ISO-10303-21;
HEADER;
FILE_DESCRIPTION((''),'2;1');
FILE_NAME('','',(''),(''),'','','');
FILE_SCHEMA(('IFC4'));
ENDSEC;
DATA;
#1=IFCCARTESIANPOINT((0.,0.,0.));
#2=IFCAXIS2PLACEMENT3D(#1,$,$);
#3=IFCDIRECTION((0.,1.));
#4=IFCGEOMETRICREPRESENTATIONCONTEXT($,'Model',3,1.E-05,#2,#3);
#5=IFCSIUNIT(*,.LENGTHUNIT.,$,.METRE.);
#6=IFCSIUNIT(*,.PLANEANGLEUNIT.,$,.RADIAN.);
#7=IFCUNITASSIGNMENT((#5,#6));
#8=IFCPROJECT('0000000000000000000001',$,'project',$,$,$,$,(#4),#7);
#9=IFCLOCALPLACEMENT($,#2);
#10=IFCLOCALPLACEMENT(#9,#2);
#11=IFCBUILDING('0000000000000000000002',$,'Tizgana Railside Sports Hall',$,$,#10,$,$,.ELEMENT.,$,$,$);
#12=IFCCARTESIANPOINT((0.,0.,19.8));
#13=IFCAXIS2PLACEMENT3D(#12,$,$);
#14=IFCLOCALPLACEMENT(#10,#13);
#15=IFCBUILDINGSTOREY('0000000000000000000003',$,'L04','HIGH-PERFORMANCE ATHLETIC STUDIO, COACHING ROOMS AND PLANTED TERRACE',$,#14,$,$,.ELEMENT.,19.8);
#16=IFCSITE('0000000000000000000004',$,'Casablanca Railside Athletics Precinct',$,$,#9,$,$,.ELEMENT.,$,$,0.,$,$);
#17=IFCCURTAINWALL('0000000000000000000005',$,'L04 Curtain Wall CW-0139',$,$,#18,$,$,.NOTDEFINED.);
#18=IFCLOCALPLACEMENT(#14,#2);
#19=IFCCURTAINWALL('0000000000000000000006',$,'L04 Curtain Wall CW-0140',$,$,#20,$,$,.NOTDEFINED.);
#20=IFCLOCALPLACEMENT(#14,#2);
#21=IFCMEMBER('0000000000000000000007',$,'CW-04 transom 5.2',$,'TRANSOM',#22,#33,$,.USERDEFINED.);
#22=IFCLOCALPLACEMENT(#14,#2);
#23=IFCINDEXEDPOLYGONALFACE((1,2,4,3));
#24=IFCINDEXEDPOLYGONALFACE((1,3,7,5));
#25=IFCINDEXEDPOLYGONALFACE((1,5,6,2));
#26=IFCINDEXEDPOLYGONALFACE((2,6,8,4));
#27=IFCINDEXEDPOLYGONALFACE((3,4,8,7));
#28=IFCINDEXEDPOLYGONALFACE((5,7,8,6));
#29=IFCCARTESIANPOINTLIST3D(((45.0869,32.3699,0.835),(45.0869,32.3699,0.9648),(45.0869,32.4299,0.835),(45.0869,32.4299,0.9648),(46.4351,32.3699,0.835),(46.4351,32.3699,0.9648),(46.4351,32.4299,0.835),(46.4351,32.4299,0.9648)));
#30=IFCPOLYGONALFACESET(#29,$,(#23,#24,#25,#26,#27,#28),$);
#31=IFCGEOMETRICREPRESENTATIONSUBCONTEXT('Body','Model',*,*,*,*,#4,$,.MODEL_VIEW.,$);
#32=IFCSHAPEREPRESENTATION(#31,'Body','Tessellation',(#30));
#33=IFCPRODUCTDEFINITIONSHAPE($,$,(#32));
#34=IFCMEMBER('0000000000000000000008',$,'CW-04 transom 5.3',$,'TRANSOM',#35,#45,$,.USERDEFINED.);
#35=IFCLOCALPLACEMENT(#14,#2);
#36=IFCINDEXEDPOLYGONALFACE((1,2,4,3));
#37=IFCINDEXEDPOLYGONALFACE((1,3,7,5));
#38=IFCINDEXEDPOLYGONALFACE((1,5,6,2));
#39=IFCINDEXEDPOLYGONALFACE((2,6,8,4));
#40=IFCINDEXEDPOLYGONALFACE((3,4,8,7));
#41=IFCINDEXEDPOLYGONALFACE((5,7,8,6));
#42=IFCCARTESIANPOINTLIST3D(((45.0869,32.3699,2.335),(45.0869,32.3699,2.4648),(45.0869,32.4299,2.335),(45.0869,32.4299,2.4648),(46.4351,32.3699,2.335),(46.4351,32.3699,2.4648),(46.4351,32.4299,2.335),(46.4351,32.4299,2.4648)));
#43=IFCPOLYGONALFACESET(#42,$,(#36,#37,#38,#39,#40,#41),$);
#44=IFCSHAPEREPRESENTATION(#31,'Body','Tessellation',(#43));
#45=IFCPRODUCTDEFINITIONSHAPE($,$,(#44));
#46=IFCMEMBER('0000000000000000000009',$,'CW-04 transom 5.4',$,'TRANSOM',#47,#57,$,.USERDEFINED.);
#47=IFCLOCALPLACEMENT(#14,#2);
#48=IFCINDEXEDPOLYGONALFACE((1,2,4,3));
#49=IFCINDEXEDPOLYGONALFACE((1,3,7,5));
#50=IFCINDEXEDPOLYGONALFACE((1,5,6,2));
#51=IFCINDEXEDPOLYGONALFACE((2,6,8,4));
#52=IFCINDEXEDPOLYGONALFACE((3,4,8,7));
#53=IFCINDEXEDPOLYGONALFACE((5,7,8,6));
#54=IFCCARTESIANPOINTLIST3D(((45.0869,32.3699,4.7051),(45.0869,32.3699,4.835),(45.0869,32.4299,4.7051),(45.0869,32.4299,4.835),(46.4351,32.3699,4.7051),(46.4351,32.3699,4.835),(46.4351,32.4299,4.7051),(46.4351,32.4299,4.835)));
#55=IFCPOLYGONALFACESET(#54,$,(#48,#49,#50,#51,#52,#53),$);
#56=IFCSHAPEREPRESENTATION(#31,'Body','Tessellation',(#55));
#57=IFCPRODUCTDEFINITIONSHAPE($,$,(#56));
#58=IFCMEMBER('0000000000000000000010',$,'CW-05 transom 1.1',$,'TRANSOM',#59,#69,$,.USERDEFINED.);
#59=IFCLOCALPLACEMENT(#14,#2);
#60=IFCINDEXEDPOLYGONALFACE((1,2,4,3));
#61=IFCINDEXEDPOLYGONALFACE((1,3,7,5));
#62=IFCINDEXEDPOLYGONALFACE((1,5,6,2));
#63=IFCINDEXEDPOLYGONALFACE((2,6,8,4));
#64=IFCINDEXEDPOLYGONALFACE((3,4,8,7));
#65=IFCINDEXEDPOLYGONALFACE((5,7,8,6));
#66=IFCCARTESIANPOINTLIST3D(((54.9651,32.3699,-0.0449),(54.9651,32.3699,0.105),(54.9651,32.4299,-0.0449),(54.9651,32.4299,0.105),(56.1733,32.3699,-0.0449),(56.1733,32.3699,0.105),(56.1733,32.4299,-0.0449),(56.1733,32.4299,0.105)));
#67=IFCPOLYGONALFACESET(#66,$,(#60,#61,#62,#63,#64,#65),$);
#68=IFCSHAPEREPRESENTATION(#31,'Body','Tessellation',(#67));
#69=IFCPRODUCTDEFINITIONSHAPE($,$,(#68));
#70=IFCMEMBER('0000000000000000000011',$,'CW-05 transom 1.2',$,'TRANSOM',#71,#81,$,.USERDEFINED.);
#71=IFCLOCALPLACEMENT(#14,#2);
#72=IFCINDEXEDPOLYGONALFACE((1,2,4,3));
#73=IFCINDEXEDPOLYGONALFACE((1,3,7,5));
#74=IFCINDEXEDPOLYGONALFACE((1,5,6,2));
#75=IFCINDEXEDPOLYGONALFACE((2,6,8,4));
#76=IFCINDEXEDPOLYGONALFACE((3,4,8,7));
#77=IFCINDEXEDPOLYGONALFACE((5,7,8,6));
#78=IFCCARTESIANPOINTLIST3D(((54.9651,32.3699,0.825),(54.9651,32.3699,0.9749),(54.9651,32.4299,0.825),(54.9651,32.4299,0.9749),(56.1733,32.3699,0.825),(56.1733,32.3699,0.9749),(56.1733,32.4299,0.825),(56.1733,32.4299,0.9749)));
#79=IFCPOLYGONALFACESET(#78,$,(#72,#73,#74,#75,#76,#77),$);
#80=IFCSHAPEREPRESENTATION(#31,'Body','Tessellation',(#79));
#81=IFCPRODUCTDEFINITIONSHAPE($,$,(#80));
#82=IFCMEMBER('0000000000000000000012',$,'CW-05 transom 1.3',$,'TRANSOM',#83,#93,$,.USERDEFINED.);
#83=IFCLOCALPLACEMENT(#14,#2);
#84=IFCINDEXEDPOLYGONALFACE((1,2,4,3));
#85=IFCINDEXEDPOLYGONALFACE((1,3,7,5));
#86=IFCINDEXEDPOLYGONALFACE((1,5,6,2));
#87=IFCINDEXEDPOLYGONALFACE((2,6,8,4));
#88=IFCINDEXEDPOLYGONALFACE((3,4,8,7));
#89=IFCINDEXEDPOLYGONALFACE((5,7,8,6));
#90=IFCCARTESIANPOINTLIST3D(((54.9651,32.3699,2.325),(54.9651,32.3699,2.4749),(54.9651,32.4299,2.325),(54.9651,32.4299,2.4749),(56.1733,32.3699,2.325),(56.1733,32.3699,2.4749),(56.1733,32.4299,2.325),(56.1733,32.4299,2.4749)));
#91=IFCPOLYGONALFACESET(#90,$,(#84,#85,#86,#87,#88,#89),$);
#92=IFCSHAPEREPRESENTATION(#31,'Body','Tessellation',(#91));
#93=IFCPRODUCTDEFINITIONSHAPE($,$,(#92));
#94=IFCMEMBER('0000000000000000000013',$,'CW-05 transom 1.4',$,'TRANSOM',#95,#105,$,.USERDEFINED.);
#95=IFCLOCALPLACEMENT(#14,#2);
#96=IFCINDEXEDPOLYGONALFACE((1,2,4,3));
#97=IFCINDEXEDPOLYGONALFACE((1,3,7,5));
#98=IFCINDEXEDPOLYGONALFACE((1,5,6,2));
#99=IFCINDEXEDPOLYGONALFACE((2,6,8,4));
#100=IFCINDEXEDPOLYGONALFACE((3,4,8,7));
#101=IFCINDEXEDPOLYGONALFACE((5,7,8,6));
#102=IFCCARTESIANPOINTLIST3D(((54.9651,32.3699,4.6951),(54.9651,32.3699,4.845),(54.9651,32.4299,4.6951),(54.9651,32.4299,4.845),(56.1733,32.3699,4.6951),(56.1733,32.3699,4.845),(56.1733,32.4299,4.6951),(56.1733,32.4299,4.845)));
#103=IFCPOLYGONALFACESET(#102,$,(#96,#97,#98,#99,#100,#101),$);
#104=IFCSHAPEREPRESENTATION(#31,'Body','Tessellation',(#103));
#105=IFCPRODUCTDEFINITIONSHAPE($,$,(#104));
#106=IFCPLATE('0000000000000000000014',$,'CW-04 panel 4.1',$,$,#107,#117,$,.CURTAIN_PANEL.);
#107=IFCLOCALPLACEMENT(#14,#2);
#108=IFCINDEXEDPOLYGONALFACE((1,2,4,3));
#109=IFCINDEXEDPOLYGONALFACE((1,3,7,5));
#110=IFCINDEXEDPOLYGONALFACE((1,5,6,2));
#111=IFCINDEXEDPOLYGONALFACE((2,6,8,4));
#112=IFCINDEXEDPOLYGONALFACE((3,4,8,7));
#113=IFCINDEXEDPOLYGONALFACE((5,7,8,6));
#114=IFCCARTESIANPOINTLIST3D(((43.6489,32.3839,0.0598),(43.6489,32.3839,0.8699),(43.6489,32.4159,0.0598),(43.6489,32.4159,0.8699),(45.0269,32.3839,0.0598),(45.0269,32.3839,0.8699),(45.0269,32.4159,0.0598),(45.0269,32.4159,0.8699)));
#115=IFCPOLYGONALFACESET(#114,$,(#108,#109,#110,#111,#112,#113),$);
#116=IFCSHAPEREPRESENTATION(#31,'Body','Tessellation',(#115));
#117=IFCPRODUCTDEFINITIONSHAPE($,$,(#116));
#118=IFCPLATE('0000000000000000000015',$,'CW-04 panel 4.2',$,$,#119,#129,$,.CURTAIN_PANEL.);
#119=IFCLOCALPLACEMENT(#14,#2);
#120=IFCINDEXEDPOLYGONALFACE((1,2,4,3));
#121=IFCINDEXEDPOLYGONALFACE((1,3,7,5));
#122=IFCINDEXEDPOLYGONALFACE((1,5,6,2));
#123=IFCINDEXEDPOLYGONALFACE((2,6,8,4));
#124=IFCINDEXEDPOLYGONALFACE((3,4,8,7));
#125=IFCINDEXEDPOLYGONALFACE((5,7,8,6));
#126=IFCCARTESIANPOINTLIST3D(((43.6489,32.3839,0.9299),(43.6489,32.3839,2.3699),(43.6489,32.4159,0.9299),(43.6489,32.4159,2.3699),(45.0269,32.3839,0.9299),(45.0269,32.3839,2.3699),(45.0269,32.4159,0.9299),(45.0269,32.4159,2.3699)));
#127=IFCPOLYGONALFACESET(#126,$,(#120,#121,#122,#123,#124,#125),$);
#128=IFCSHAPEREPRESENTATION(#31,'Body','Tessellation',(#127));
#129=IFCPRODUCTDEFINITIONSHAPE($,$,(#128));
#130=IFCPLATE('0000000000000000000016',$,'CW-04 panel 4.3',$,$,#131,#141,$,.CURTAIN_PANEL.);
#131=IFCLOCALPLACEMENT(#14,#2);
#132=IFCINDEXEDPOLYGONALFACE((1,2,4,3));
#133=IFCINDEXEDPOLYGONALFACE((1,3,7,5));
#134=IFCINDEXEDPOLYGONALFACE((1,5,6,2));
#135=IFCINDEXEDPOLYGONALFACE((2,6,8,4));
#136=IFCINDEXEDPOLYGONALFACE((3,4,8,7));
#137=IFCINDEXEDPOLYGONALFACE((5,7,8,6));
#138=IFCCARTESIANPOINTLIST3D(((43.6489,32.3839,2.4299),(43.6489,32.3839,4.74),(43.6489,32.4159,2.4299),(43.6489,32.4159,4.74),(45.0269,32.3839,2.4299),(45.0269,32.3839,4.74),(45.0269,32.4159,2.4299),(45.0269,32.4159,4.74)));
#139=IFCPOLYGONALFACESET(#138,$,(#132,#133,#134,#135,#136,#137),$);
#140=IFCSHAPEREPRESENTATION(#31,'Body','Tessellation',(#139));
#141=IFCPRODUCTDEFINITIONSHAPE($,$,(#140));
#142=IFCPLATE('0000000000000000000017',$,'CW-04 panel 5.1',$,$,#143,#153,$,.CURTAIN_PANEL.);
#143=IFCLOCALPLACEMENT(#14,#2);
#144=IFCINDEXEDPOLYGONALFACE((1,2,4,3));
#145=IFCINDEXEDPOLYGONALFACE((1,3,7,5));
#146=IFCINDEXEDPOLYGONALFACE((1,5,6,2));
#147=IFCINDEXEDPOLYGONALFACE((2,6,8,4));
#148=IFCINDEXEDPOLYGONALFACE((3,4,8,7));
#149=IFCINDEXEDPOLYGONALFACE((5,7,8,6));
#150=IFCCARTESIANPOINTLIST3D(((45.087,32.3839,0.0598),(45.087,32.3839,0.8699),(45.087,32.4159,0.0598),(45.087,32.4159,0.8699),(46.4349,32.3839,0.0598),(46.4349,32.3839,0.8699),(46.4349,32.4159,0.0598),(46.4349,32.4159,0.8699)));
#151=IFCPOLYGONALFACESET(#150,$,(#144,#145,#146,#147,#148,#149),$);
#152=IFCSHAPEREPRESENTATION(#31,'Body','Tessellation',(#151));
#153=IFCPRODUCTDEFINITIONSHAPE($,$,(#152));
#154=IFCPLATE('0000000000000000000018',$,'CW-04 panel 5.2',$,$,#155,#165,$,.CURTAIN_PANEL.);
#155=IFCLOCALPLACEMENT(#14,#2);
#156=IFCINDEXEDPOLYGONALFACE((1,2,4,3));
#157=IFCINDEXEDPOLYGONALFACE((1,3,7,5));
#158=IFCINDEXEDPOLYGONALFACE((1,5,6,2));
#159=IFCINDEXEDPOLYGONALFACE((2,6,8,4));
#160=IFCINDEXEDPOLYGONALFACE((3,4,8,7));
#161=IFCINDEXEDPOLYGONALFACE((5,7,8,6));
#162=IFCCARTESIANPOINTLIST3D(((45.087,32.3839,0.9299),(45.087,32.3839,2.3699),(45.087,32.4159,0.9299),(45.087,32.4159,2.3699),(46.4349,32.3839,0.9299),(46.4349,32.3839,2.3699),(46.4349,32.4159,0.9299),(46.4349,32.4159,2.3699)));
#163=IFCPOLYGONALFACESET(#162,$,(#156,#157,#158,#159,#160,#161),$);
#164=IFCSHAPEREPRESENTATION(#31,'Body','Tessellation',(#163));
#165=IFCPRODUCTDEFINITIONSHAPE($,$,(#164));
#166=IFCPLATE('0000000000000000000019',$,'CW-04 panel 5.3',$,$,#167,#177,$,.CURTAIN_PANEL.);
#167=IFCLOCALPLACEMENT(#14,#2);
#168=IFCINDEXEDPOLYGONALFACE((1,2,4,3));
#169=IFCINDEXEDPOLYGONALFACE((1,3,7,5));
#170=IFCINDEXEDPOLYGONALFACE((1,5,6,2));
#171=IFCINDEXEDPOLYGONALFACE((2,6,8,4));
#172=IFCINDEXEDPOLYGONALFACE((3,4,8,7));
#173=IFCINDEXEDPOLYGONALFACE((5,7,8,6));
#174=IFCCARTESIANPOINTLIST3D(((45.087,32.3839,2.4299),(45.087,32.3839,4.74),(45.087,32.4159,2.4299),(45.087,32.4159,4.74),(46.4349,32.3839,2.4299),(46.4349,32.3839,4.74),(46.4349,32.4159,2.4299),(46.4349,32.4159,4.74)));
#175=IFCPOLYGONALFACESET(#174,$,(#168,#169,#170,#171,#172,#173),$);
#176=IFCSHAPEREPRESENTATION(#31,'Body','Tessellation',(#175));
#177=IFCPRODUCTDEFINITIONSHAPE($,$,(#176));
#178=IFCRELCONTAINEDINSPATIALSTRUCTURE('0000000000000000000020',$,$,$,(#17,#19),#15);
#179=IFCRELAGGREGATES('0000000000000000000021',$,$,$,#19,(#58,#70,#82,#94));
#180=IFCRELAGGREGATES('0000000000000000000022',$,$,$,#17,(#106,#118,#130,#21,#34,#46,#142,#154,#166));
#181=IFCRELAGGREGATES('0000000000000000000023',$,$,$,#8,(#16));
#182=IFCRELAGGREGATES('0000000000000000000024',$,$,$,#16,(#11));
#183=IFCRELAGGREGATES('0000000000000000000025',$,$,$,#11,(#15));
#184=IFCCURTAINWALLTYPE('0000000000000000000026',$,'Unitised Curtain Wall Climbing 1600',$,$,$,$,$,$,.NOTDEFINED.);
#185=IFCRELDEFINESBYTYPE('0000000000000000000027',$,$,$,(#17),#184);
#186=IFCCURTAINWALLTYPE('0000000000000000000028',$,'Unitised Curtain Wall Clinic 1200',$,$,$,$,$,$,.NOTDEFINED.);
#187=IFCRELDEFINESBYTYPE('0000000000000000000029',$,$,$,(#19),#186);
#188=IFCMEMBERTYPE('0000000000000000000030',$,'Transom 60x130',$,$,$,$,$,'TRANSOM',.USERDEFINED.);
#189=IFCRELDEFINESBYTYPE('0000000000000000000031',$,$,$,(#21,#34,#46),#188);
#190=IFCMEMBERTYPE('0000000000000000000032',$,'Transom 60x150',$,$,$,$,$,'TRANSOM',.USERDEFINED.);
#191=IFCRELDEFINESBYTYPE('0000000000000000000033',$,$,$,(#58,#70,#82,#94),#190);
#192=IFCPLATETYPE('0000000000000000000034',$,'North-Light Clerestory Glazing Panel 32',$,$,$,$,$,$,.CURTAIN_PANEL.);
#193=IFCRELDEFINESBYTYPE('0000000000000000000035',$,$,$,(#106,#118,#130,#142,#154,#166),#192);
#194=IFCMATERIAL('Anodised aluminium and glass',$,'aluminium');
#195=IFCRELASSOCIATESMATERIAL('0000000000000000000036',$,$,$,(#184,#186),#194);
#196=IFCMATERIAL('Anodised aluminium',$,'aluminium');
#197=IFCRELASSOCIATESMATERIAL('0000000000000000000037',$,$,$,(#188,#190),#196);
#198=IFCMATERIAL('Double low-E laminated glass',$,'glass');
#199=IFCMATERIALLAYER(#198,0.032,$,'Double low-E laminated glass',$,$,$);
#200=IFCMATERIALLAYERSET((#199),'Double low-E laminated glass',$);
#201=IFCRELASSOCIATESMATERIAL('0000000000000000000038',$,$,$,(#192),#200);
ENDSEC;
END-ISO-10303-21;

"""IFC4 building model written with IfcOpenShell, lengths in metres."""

from ifc_helpers import new_model, si_unit, direction, frame, origin, origin_2d, place, context, subcontext, project, spatial, rectangle, extrude, material, layer, layer_set, material_profile, profile_set, type_object, element, aggregate, save


model = new_model("IFC4")

# Units and contexts
model_context = context("Model", 3, precision=1e-05, world=origin(), true_north=direction((0.0, 1.0)))
body_context = subcontext(model_context, "Body", "Model", "MODEL_VIEW")
ifc_project = project(units=[si_unit("LENGTHUNIT", "METRE"), si_unit("PLANEANGLEUNIT", "RADIAN")], contexts=[model_context])

# Site, building, storey
site_placement = place(None, origin())
site = spatial("IfcSite", under=ifc_project, at=site_placement, Name="Casablanca Railside Athletics Precinct", CompositionType="ELEMENT", RefElevation=0.0)
building_placement = place(site_placement, origin())
building = spatial("IfcBuilding", under=site, at=building_placement, Name="Tizgana Railside Sports Hall", CompositionType="ELEMENT")
storey_placement = place(building_placement, frame((0.0, 0.0, 19.8)))
storey = spatial("IfcBuildingStorey", under=building, at=storey_placement, Name="L04", Description="HIGH-PERFORMANCE ATHLETIC STUDIO, COACHING ROOMS AND PLANTED TERRACE", CompositionType="ELEMENT", Elevation=19.8)

# Curtain wall
ifc_material_1 = material(Name="Anodised aluminium and glass", Category="aluminium")
curtain_wall_type_1 = type_object("IfcCurtainWallType", Name="Unitised Curtain Wall Climbing 1600", PredefinedType="NOTDEFINED", material=ifc_material_1)
curtain_wall_1_placement = place(storey_placement, origin())
curtain_wall_1 = element("IfcCurtainWall", 1, at=curtain_wall_1_placement, inside=storey, type_object=curtain_wall_type_1, Name="L04 Curtain Wall CW-0139", PredefinedType="NOTDEFINED")
ifc_material_2 = material(Name="Anodised aluminium", Category="aluminium")

# Curtain wall
curtain_wall_type_2 = type_object("IfcCurtainWallType", Name="Unitised Curtain Wall Clinic 1200", PredefinedType="NOTDEFINED", material=ifc_material_1)
curtain_wall_2_placement = place(storey_placement, origin())
curtain_wall_2 = element("IfcCurtainWall", 2, at=curtain_wall_2_placement, inside=storey, type_object=curtain_wall_type_2, Name="L04 Curtain Wall CW-0140", PredefinedType="NOTDEFINED")

# Members
ifc_material_profile_1 = material_profile(ifc_material_2, rectangle(XDim=0.0601, YDim=0.1299, at=origin_2d()), Name="Transom 60x130")
ifc_profile_set_1 = profile_set([ifc_material_profile_1], Name="Anodised aluminium")
member_type_1 = type_object("IfcMemberType", Name="Transom 60x130", ElementType="TRANSOM", PredefinedType="USERDEFINED", material=ifc_profile_set_1)
member_1_placement = place(storey_placement, frame((45.0869, 32.3999, 0.8999), z_axis=(1.0, 0.0, 0.0), x_axis=(0.0, 1.0, 0.0)))
member_1 = element("IfcMember", 3, at=member_1_placement, type_object=member_type_1, Name="CW-04 transom 5.2", ObjectType="TRANSOM", PredefinedType="USERDEFINED", context=body_context, shape_type="SweptSolid", body=[
    extrude(rectangle(XDim=0.0601, YDim=0.1299, at=origin_2d()), origin(), (0.0, 0.0, 1.0), 1.3481),
])
member_2_placement = place(storey_placement, frame((45.0869, 32.3999, 2.3999), z_axis=(1.0, 0.0, 0.0), x_axis=(0.0, 1.0, 0.0)))
member_2 = element("IfcMember", 4, at=member_2_placement, type_object=member_type_1, Name="CW-04 transom 5.3", ObjectType="TRANSOM", PredefinedType="USERDEFINED", context=body_context, shape_type="SweptSolid", body=[
    extrude(rectangle(XDim=0.0601, YDim=0.1299, at=origin_2d()), origin(), (0.0, 0.0, 1.0), 1.3481),
])
member_3_placement = place(storey_placement, frame((45.0869, 32.3999, 4.77), z_axis=(1.0, 0.0, 0.0), x_axis=(0.0, 1.0, 0.0)))
member_3 = element("IfcMember", 5, at=member_3_placement, type_object=member_type_1, Name="CW-04 transom 5.4", ObjectType="TRANSOM", PredefinedType="USERDEFINED", context=body_context, shape_type="SweptSolid", body=[
    extrude(rectangle(XDim=0.0601, YDim=0.1299, at=origin_2d()), origin(), (0.0, 0.0, 1.0), 1.3481),
])
ifc_material_profile_2 = material_profile(ifc_material_2, rectangle(XDim=0.0601, YDim=0.1499, at=origin_2d()), Name="Transom 60x150")
ifc_profile_set_2 = profile_set([ifc_material_profile_2], Name="Anodised aluminium")
member_type_2 = type_object("IfcMemberType", Name="Transom 60x150", ElementType="TRANSOM", PredefinedType="USERDEFINED", material=ifc_profile_set_2)
member_4_placement = place(storey_placement, frame((54.9651, 32.3999, 0.03), z_axis=(1.0, 0.0, 0.0), x_axis=(0.0, 1.0, 0.0)))
member_4 = element("IfcMember", 6, at=member_4_placement, type_object=member_type_2, Name="CW-05 transom 1.1", ObjectType="TRANSOM", PredefinedType="USERDEFINED", context=body_context, shape_type="SweptSolid", body=[
    extrude(rectangle(XDim=0.0601, YDim=0.1499, at=origin_2d()), origin(), (0.0, 0.0, 1.0), 1.2083),
])
member_5_placement = place(storey_placement, frame((54.9651, 32.3999, 0.8999), z_axis=(1.0, 0.0, 0.0), x_axis=(0.0, 1.0, 0.0)))
member_5 = element("IfcMember", 7, at=member_5_placement, type_object=member_type_2, Name="CW-05 transom 1.2", ObjectType="TRANSOM", PredefinedType="USERDEFINED", context=body_context, shape_type="SweptSolid", body=[
    extrude(rectangle(XDim=0.0601, YDim=0.1499, at=origin_2d()), origin(), (0.0, 0.0, 1.0), 1.2083),
])
member_6_placement = place(storey_placement, frame((54.9651, 32.3999, 2.3999), z_axis=(1.0, 0.0, 0.0), x_axis=(0.0, 1.0, 0.0)))
member_6 = element("IfcMember", 8, at=member_6_placement, type_object=member_type_2, Name="CW-05 transom 1.3", ObjectType="TRANSOM", PredefinedType="USERDEFINED", context=body_context, shape_type="SweptSolid", body=[
    extrude(rectangle(XDim=0.0601, YDim=0.1499, at=origin_2d()), origin(), (0.0, 0.0, 1.0), 1.2083),
])
member_7_placement = place(storey_placement, frame((54.9651, 32.3999, 4.77), z_axis=(1.0, 0.0, 0.0), x_axis=(0.0, 1.0, 0.0)))
member_7 = element("IfcMember", 9, at=member_7_placement, type_object=member_type_2, Name="CW-05 transom 1.4", ObjectType="TRANSOM", PredefinedType="USERDEFINED", context=body_context, shape_type="SweptSolid", body=[
    extrude(rectangle(XDim=0.0601, YDim=0.1499, at=origin_2d()), origin(), (0.0, 0.0, 1.0), 1.2083),
])
aggregate(curtain_wall_2, [member_4, member_5, member_6, member_7])

# Plates
ifc_material_3 = material(Name="Double low-E laminated glass", Category="glass")
ifc_layer_1 = layer(ifc_material_3, 0.032, Name="Double low-E laminated glass")
ifc_layer_set_1 = layer_set([ifc_layer_1], Name="Double low-E laminated glass")
plate_type = type_object("IfcPlateType", Name="North-Light Clerestory Glazing Panel 32", PredefinedType="CURTAIN_PANEL", material=ifc_layer_set_1)
plate_1_placement = place(storey_placement, frame((44.3379, 32.3999, 0.0598), z_axis=(0.0, 0.0, 1.0), x_axis=(1.0, 0.0, 0.0)))
plate_1 = element("IfcPlate", 10, at=plate_1_placement, type_object=plate_type, Name="CW-04 panel 4.1", PredefinedType="CURTAIN_PANEL", context=body_context, shape_type="SweptSolid", body=[
    extrude(rectangle(XDim=1.3779, YDim=0.032, at=origin_2d()), origin(), (0.0, 0.0, 1.0), 0.8101),
])
plate_2_placement = place(storey_placement, frame((44.3379, 32.3999, 0.9299), z_axis=(0.0, 0.0, 1.0), x_axis=(1.0, 0.0, 0.0)))
plate_2 = element("IfcPlate", 11, at=plate_2_placement, type_object=plate_type, Name="CW-04 panel 4.2", PredefinedType="CURTAIN_PANEL", context=body_context, shape_type="SweptSolid", body=[
    extrude(rectangle(XDim=1.3779, YDim=0.032, at=origin_2d()), origin(), (0.0, 0.0, 1.0), 1.4399),
])
plate_3_placement = place(storey_placement, frame((44.3379, 32.3999, 2.4299), z_axis=(0.0, 0.0, 1.0), x_axis=(1.0, 0.0, 0.0)))
plate_3 = element("IfcPlate", 12, at=plate_3_placement, type_object=plate_type, Name="CW-04 panel 4.3", PredefinedType="CURTAIN_PANEL", context=body_context, shape_type="SweptSolid", body=[
    extrude(rectangle(XDim=1.3779, YDim=0.032, at=origin_2d()), origin(), (0.0, 0.0, 1.0), 2.3101),
])
plate_4_placement = place(storey_placement, frame((45.761, 32.3999, 0.0598), z_axis=(0.0, 0.0, 1.0), x_axis=(1.0, 0.0, 0.0)))
plate_4 = element("IfcPlate", 13, at=plate_4_placement, type_object=plate_type, Name="CW-04 panel 5.1", PredefinedType="CURTAIN_PANEL", context=body_context, shape_type="SweptSolid", body=[
    extrude(rectangle(XDim=1.3479, YDim=0.032, at=origin_2d()), origin(), (0.0, 0.0, 1.0), 0.8101),
])
plate_5_placement = place(storey_placement, frame((45.761, 32.3999, 0.9299), z_axis=(0.0, 0.0, 1.0), x_axis=(1.0, 0.0, 0.0)))
plate_5 = element("IfcPlate", 14, at=plate_5_placement, type_object=plate_type, Name="CW-04 panel 5.2", PredefinedType="CURTAIN_PANEL", context=body_context, shape_type="SweptSolid", body=[
    extrude(rectangle(XDim=1.3479, YDim=0.032, at=origin_2d()), origin(), (0.0, 0.0, 1.0), 1.4399),
])
plate_6_placement = place(storey_placement, frame((45.761, 32.3999, 2.4299), z_axis=(0.0, 0.0, 1.0), x_axis=(1.0, 0.0, 0.0)))
plate_6 = element("IfcPlate", 15, at=plate_6_placement, type_object=plate_type, Name="CW-04 panel 5.3", PredefinedType="CURTAIN_PANEL", context=body_context, shape_type="SweptSolid", body=[
    extrude(rectangle(XDim=1.3479, YDim=0.032, at=origin_2d()), origin(), (0.0, 0.0, 1.0), 2.3101),
])
aggregate(curtain_wall_1, [plate_1, plate_2, plate_3, member_1, member_2, member_3, plate_4, plate_5, plate_6])

save(model, "model.ifc")
